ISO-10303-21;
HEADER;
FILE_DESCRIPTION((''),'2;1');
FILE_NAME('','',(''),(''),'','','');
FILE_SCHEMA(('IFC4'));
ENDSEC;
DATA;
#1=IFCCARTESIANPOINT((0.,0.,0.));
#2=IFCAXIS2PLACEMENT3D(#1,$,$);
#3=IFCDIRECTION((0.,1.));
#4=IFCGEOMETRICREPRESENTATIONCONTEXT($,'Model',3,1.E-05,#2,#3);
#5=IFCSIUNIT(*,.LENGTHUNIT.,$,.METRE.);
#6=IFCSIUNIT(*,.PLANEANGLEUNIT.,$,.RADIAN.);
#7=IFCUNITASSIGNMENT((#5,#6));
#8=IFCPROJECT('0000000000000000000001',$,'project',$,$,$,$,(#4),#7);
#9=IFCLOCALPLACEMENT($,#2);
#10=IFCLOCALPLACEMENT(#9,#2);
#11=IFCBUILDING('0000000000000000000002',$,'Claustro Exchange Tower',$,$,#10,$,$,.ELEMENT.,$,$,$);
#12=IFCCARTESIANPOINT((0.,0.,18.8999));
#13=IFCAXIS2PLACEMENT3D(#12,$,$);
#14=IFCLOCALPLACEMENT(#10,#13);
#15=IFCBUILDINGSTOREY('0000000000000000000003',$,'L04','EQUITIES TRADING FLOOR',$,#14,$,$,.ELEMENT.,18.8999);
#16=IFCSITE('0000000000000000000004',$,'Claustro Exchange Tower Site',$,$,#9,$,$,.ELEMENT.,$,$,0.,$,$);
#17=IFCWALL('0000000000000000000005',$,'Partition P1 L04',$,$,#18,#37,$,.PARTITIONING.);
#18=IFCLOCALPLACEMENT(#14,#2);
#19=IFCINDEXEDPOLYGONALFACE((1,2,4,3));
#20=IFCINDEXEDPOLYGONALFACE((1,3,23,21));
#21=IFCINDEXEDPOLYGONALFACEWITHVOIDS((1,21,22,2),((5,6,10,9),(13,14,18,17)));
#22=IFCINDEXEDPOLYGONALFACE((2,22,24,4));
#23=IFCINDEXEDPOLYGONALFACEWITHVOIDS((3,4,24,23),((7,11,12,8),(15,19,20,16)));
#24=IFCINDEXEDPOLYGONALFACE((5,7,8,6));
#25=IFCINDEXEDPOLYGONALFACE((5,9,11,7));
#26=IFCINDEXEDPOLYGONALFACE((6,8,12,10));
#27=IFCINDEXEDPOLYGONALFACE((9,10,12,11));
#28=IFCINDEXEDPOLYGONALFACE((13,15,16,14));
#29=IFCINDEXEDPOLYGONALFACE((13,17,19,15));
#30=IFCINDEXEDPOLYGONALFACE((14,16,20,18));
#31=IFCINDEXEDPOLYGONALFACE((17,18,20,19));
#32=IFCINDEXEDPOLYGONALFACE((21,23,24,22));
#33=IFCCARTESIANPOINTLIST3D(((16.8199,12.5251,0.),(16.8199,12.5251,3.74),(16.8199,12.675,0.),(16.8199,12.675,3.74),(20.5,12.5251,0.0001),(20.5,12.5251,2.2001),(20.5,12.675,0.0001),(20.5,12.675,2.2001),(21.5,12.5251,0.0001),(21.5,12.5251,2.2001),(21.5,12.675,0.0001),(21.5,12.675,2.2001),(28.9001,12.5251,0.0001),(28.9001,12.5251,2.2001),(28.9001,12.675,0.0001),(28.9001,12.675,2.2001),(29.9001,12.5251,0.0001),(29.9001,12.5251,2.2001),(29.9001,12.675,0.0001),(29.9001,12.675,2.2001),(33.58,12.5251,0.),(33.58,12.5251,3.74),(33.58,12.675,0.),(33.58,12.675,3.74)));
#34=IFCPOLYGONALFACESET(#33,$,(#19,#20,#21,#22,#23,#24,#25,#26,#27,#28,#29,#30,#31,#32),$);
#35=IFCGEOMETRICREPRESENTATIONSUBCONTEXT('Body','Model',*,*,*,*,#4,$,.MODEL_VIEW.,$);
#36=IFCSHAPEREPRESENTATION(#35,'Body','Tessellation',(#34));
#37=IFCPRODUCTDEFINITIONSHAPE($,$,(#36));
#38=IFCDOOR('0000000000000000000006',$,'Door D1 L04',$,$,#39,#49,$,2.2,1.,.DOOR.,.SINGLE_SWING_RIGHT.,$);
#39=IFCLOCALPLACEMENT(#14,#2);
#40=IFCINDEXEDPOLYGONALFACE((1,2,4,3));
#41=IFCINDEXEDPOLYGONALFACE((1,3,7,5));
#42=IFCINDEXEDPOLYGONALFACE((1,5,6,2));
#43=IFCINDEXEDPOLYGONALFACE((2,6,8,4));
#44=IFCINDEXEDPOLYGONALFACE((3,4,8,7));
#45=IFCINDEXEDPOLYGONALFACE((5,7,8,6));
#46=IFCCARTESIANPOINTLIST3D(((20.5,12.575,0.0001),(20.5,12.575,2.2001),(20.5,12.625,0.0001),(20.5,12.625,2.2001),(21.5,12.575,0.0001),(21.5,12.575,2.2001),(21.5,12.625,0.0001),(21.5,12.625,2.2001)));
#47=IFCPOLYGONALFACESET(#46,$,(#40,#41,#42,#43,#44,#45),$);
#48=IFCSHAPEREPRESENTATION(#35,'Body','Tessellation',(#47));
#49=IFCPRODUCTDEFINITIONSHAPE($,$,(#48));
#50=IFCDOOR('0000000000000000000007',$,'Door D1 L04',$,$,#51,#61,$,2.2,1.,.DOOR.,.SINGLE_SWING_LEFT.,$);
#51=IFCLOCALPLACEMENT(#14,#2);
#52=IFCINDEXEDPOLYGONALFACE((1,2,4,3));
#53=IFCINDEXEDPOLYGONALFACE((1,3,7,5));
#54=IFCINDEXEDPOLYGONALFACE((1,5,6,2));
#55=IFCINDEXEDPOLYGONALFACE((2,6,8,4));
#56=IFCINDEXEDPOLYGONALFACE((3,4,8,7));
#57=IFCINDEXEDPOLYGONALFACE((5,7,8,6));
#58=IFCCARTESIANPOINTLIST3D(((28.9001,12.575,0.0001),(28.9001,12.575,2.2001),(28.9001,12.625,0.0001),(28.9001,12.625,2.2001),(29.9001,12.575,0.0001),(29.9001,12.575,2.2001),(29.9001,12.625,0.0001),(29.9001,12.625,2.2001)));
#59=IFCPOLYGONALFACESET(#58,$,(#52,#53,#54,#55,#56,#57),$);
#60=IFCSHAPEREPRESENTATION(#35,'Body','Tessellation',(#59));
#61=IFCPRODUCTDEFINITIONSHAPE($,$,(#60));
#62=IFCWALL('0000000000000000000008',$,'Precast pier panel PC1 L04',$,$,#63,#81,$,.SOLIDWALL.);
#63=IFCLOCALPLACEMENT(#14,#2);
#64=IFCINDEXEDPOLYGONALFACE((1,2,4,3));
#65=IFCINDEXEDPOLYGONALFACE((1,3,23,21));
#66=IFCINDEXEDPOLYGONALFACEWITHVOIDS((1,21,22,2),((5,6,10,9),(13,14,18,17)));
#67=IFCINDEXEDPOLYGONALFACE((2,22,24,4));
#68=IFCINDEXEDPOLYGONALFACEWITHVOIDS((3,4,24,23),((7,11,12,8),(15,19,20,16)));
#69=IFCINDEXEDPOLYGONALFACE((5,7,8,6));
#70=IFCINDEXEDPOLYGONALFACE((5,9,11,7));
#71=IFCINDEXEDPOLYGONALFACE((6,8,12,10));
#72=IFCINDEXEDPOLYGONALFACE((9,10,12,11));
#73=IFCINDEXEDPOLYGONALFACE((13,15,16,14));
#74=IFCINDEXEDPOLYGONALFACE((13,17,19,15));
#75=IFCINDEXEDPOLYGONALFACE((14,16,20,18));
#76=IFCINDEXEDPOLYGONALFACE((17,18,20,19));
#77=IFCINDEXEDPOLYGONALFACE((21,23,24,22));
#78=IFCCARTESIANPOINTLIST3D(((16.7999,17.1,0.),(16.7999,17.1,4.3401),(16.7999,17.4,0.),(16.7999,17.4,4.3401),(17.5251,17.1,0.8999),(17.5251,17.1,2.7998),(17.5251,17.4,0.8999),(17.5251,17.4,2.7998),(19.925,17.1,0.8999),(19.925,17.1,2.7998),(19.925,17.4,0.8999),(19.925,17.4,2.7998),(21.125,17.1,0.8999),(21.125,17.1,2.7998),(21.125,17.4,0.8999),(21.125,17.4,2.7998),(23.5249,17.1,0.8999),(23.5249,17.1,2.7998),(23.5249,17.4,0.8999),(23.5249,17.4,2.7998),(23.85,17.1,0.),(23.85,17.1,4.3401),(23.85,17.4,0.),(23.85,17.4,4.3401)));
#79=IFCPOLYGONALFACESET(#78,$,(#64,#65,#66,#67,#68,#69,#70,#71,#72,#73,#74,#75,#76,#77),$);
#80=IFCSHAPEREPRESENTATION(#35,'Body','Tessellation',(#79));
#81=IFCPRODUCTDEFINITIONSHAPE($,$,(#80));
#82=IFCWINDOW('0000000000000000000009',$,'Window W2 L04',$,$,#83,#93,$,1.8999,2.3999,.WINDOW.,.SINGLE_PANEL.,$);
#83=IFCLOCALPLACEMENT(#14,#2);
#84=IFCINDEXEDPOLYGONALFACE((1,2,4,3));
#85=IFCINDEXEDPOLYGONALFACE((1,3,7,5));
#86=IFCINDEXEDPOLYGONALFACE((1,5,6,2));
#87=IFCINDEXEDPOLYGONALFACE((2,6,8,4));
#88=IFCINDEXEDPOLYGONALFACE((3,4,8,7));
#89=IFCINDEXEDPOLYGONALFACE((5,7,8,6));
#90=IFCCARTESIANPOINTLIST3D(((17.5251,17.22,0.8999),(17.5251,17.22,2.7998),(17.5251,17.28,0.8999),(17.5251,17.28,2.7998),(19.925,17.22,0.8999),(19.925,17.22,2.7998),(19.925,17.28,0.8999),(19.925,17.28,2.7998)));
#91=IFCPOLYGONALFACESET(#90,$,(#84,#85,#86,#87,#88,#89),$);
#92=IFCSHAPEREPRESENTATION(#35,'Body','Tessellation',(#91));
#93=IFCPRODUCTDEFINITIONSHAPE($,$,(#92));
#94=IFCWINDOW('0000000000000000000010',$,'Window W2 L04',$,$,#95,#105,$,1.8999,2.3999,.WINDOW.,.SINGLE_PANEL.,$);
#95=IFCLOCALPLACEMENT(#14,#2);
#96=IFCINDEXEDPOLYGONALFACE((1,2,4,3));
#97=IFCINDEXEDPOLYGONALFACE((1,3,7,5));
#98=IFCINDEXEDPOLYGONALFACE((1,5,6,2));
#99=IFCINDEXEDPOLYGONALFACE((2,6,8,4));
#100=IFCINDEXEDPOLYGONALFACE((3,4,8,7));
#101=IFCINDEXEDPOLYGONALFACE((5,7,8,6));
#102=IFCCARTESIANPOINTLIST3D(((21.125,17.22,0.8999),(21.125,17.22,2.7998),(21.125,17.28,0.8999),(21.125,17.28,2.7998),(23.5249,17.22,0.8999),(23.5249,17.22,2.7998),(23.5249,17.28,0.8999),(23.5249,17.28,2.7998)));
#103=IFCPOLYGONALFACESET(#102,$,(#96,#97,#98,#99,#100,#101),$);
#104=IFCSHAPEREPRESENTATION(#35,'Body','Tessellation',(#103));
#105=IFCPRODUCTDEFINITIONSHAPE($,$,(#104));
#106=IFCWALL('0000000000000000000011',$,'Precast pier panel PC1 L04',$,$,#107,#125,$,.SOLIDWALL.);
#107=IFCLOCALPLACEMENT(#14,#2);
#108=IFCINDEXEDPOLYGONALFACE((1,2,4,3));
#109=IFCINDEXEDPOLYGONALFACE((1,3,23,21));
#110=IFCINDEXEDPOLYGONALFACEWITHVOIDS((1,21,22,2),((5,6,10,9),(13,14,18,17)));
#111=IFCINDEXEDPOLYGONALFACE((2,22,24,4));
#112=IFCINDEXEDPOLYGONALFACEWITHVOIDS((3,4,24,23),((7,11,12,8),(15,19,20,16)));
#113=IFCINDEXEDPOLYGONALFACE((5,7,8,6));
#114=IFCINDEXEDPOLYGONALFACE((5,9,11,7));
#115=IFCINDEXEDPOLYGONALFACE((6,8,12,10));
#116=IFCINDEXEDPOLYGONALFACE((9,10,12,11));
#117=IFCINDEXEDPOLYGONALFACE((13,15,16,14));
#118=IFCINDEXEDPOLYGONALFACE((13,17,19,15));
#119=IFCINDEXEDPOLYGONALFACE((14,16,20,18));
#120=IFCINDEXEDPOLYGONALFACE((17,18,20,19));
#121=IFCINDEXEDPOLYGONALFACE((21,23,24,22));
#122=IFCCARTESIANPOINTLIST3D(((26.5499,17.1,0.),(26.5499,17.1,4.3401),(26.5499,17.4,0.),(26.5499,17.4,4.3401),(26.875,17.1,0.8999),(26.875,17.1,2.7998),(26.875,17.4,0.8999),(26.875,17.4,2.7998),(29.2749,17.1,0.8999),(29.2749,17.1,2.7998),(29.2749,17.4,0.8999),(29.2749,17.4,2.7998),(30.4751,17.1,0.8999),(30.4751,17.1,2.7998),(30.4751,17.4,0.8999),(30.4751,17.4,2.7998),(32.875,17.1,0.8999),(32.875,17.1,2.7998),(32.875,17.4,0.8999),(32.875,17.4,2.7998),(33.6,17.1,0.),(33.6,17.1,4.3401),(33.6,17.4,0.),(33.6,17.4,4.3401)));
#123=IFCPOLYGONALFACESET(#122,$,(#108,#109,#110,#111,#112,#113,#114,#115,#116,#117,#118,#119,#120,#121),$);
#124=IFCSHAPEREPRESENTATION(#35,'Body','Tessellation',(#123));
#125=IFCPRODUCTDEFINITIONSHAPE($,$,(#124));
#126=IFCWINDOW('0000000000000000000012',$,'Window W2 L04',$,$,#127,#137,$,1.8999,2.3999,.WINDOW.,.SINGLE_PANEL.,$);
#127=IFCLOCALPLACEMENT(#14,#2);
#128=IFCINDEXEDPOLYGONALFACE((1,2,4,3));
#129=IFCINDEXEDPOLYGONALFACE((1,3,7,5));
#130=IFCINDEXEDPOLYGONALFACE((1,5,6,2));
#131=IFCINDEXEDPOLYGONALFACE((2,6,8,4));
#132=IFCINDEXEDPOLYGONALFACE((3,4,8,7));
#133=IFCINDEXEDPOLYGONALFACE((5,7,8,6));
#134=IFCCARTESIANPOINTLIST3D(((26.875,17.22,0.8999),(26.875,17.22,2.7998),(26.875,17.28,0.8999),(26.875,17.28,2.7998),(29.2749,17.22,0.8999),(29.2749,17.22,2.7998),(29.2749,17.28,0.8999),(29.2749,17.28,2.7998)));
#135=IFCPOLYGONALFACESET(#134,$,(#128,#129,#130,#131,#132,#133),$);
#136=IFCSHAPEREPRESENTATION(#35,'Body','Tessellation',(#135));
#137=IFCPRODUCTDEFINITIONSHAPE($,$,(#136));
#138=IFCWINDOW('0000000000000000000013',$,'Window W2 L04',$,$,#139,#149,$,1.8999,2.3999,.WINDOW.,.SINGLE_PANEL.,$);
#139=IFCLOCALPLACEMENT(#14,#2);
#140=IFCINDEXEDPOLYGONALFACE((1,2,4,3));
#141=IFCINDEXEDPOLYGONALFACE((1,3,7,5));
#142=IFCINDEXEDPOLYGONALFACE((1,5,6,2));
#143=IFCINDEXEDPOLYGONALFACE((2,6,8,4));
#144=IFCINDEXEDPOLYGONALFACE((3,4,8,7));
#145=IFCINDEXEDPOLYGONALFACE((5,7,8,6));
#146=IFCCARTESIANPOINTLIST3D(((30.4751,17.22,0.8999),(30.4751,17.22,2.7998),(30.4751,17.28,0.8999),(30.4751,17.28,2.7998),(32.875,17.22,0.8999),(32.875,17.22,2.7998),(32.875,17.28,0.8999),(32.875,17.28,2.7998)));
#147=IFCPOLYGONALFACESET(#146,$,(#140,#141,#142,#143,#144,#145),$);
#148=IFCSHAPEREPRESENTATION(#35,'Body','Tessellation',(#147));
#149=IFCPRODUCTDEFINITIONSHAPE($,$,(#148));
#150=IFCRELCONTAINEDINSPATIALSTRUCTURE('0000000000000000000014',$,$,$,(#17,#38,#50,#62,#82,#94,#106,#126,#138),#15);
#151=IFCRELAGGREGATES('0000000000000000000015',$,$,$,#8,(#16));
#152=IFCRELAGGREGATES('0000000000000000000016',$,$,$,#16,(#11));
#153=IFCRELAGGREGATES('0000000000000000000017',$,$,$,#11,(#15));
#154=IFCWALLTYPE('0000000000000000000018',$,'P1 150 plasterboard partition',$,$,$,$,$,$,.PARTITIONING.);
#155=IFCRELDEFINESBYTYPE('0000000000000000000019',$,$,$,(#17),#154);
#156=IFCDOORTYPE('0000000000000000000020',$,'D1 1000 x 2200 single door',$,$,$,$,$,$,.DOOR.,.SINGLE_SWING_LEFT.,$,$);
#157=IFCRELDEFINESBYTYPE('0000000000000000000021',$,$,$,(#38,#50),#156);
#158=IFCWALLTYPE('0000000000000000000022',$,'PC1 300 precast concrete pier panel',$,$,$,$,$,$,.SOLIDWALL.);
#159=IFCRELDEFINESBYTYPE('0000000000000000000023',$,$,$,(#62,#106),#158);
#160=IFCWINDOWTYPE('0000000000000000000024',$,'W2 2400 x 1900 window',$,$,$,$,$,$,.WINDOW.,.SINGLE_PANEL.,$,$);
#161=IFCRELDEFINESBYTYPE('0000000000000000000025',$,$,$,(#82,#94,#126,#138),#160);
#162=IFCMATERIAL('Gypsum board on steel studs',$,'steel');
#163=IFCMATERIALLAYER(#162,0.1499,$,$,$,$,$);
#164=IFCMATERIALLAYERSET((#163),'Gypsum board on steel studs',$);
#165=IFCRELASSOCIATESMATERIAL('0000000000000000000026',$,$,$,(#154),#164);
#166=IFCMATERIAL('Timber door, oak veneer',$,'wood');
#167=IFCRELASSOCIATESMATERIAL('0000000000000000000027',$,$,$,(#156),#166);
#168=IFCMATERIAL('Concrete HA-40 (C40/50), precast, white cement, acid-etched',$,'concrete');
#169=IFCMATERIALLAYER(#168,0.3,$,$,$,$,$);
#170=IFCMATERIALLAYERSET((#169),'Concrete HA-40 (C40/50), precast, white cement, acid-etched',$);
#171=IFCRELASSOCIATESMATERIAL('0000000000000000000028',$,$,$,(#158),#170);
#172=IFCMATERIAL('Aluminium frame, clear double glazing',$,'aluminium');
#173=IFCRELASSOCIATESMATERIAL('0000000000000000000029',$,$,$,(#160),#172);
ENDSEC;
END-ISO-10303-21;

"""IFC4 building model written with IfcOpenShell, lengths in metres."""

from ifc_helpers import new_model, si_unit, direction, frame, frame_2d, origin, place, context, subcontext, project, spatial, rectangle, extrude, material, layer, layer_set, type_object, element, fill, save


model = new_model("IFC4")

# Units and contexts
model_context = context("Model", 3, precision=1e-05, world=origin(), true_north=direction((0.0, 1.0)))
body_context = subcontext(model_context, "Body", "Model", "MODEL_VIEW")
ifc_project = project(units=[si_unit("LENGTHUNIT", "METRE"), si_unit("PLANEANGLEUNIT", "RADIAN")], contexts=[model_context])

# Site, building, storey
site_placement = place(None, origin())
site = spatial("IfcSite", under=ifc_project, at=site_placement, Name="Claustro Exchange Tower Site", CompositionType="ELEMENT", RefElevation=0.0)
building_placement = place(site_placement, origin())
building = spatial("IfcBuilding", under=site, at=building_placement, Name="Claustro Exchange Tower", CompositionType="ELEMENT")
storey_placement = place(building_placement, frame((0.0, 0.0, 18.8999)))
storey = spatial("IfcBuildingStorey", under=building, at=storey_placement, Name="L04", Description="EQUITIES TRADING FLOOR", CompositionType="ELEMENT", Elevation=18.8999)

# Shared definitions
ifc_material_1 = material(Name="Gypsum board on steel studs", Category="steel")
ifc_layer_1 = layer(ifc_material_1, 0.1499)
ifc_layer_set_1 = layer_set([ifc_layer_1], Name="Gypsum board on steel studs")
wall_type_1 = type_object("IfcWallType", Name="P1 150 plasterboard partition", PredefinedType="PARTITIONING", material=ifc_layer_set_1)

# Wall, openings, doors
wall_1_placement = place(storey_placement, frame((16.8201, 12.6001, 0.0), z_axis=(0.0, 0.0, 1.0), x_axis=(1.0, 0.0, 0.0)))
wall_1 = element("IfcWall", 1, at=wall_1_placement, inside=storey, type_object=wall_type_1, Name="Partition P1 L04", PredefinedType="PARTITIONING", context=body_context, shape_type="SweptSolid", body=[
    extrude(rectangle(XDim=16.76, YDim=0.1499, at=frame_2d((8.3799, 0.0))), origin(), (0.0, 0.0, 1.0), 3.74),
])
opening_1_placement = place(wall_1_placement, frame((3.6799, 0.0, 0.0)))
opening_1 = element("IfcOpeningElement", 2, at=opening_1_placement, cuts=wall_1, PredefinedType="OPENING", context=body_context, shape_type="SweptSolid", body=[
    extrude(rectangle(XDim=1.0, YDim=2.2, at=frame_2d((0.5, 1.1001))), frame((0.0, 0.085, 0.0), z_axis=(0.0, -1.0, 0.0), x_axis=(1.0, 0.0, 0.0)), (0.0, 0.0, 1.0), 0.1699),
])
opening_2_placement = place(wall_1_placement, frame((12.0801, 0.0, 0.0)))
opening_2 = element("IfcOpeningElement", 3, at=opening_2_placement, cuts=wall_1, PredefinedType="OPENING", context=body_context, shape_type="SweptSolid", body=[
    extrude(rectangle(XDim=1.0, YDim=2.2, at=frame_2d((0.5, 1.1001))), frame((0.0, 0.085, 0.0), z_axis=(0.0, -1.0, 0.0), x_axis=(1.0, 0.0, 0.0)), (0.0, 0.0, 1.0), 0.1699),
])
ifc_material_2 = material(Name="Timber door, oak veneer", Category="wood")
door_type = type_object("IfcDoorType", Name="D1 1000 x 2200 single door", OperationType="SINGLE_SWING_LEFT", PredefinedType="DOOR", material=ifc_material_2)
door_1_placement = place(opening_1_placement, origin())
door_1 = element("IfcDoor", 4, at=door_1_placement, inside=storey, type_object=door_type, Name="Door D1 L04", OperationType="SINGLE_SWING_RIGHT", OverallHeight=2.2, OverallWidth=1.0, PredefinedType="DOOR", context=body_context, shape_type="SweptSolid", body=[
    extrude(rectangle(XDim=1.0, YDim=2.2, at=frame_2d((0.5, 1.1001))), frame((0.0, 0.0249, 0.0), z_axis=(0.0, -1.0, 0.0), x_axis=(1.0, 0.0, 0.0)), (0.0, 0.0, 1.0), 0.05),
])
fill(opening_1, door_1)
door_2_placement = place(opening_2_placement, origin())
door_2 = element("IfcDoor", 5, at=door_2_placement, inside=storey, type_object=door_type, Name="Door D1 L04", OperationType="SINGLE_SWING_LEFT", OverallHeight=2.2, OverallWidth=1.0, PredefinedType="DOOR", context=body_context, shape_type="SweptSolid", body=[
    extrude(rectangle(XDim=1.0, YDim=2.2, at=frame_2d((0.5, 1.1001))), frame((0.0, 0.0249, 0.0), z_axis=(0.0, -1.0, 0.0), x_axis=(1.0, 0.0, 0.0)), (0.0, 0.0, 1.0), 0.05),
])
fill(opening_2, door_2)

# Walls, openings, windows
ifc_material_3 = material(Name="Concrete HA-40 (C40/50), precast, white cement, acid-etched", Category="concrete")
ifc_layer_2 = layer(ifc_material_3, 0.3)
ifc_layer_set_2 = layer_set([ifc_layer_2], Name="Concrete HA-40 (C40/50), precast, white cement, acid-etched")
wall_type_2 = type_object("IfcWallType", Name="PC1 300 precast concrete pier panel", PredefinedType="SOLIDWALL", material=ifc_layer_set_2)
wall_2_placement = place(storey_placement, frame((16.8, 17.25, 0.0), z_axis=(0.0, 0.0, 1.0), x_axis=(1.0, 0.0, 0.0)))
wall_2 = element("IfcWall", 6, at=wall_2_placement, inside=storey, type_object=wall_type_2, Name="Precast pier panel PC1 L04", PredefinedType="SOLIDWALL", context=body_context, shape_type="SweptSolid", body=[
    extrude(rectangle(XDim=7.05, YDim=0.3, at=frame_2d((3.5249, 0.0))), origin(), (0.0, 0.0, 1.0), 4.3401),
])
opening_3_placement = place(wall_2_placement, frame((0.7251, 0.0, 0.8999)))
opening_3 = element("IfcOpeningElement", 7, at=opening_3_placement, cuts=wall_2, PredefinedType="OPENING", context=body_context, shape_type="SweptSolid", body=[
    extrude(rectangle(XDim=2.3999, YDim=1.8999, at=frame_2d((1.2, 0.95))), frame((0.0, 0.1599, 0.0), z_axis=(0.0, -1.0, 0.0), x_axis=(1.0, 0.0, 0.0)), (0.0, 0.0, 1.0), 0.3201),
])
opening_4_placement = place(wall_2_placement, frame((4.325, 0.0, 0.8999)))
opening_4 = element("IfcOpeningElement", 8, at=opening_4_placement, cuts=wall_2, PredefinedType="OPENING", context=body_context, shape_type="SweptSolid", body=[
    extrude(rectangle(XDim=2.3999, YDim=1.8999, at=frame_2d((1.2, 0.95))), frame((0.0, 0.1599, 0.0), z_axis=(0.0, -1.0, 0.0), x_axis=(1.0, 0.0, 0.0)), (0.0, 0.0, 1.0), 0.3201),
])
ifc_material_4 = material(Name="Aluminium frame, clear double glazing", Category="aluminium")
window_type = type_object("IfcWindowType", Name="W2 2400 x 1900 window", PartitioningType="SINGLE_PANEL", PredefinedType="WINDOW", material=ifc_material_4)
window_1_placement = place(opening_3_placement, origin())
window_1 = element("IfcWindow", 9, at=window_1_placement, inside=storey, type_object=window_type, Name="Window W2 L04", OverallHeight=1.8999, OverallWidth=2.3999, PartitioningType="SINGLE_PANEL", PredefinedType="WINDOW", context=body_context, shape_type="SweptSolid", body=[
    extrude(rectangle(XDim=2.3999, YDim=1.8999, at=frame_2d((1.2, 0.95))), frame((0.0, 0.03, 0.0), z_axis=(0.0, -1.0, 0.0), x_axis=(1.0, 0.0, 0.0)), (0.0, 0.0, 1.0), 0.0601),
])
fill(opening_3, window_1)
window_2_placement = place(opening_4_placement, origin())
window_2 = element("IfcWindow", 10, at=window_2_placement, inside=storey, type_object=window_type, Name="Window W2 L04", OverallHeight=1.8999, OverallWidth=2.3999, PartitioningType="SINGLE_PANEL", PredefinedType="WINDOW", context=body_context, shape_type="SweptSolid", body=[
    extrude(rectangle(XDim=2.3999, YDim=1.8999, at=frame_2d((1.2, 0.95))), frame((0.0, 0.03, 0.0), z_axis=(0.0, -1.0, 0.0), x_axis=(1.0, 0.0, 0.0)), (0.0, 0.0, 1.0), 0.0601),
])
fill(opening_4, window_2)
wall_3_placement = place(storey_placement, frame((26.55, 17.25, 0.0), z_axis=(0.0, 0.0, 1.0), x_axis=(1.0, 0.0, 0.0)))
wall_3 = element("IfcWall", 11, at=wall_3_placement, inside=storey, type_object=wall_type_2, Name="Precast pier panel PC1 L04", PredefinedType="SOLIDWALL", context=body_context, shape_type="SweptSolid", body=[
    extrude(rectangle(XDim=7.05, YDim=0.3, at=frame_2d((3.5249, 0.0))), origin(), (0.0, 0.0, 1.0), 4.3401),
])
opening_5_placement = place(wall_3_placement, frame((0.325, 0.0, 0.8999)))
opening_5 = element("IfcOpeningElement", 12, at=opening_5_placement, cuts=wall_3, PredefinedType="OPENING", context=body_context, shape_type="SweptSolid", body=[
    extrude(rectangle(XDim=2.3999, YDim=1.8999, at=frame_2d((1.2, 0.95))), frame((0.0, 0.1599, 0.0), z_axis=(0.0, -1.0, 0.0), x_axis=(1.0, 0.0, 0.0)), (0.0, 0.0, 1.0), 0.3201),
])
opening_6_placement = place(wall_3_placement, frame((3.925, 0.0, 0.8999)))
opening_6 = element("IfcOpeningElement", 13, at=opening_6_placement, cuts=wall_3, PredefinedType="OPENING", context=body_context, shape_type="SweptSolid", body=[
    extrude(rectangle(XDim=2.3999, YDim=1.8999, at=frame_2d((1.2, 0.95))), frame((0.0, 0.1599, 0.0), z_axis=(0.0, -1.0, 0.0), x_axis=(1.0, 0.0, 0.0)), (0.0, 0.0, 1.0), 0.3201),
])
window_3_placement = place(opening_5_placement, origin())
window_3 = element("IfcWindow", 14, at=window_3_placement, inside=storey, type_object=window_type, Name="Window W2 L04", OverallHeight=1.8999, OverallWidth=2.3999, PartitioningType="SINGLE_PANEL", PredefinedType="WINDOW", context=body_context, shape_type="SweptSolid", body=[
    extrude(rectangle(XDim=2.3999, YDim=1.8999, at=frame_2d((1.2, 0.95))), frame((0.0, 0.03, 0.0), z_axis=(0.0, -1.0, 0.0), x_axis=(1.0, 0.0, 0.0)), (0.0, 0.0, 1.0), 0.0601),
])
fill(opening_5, window_3)
window_4_placement = place(opening_6_placement, origin())
window_4 = element("IfcWindow", 15, at=window_4_placement, inside=storey, type_object=window_type, Name="Window W2 L04", OverallHeight=1.8999, OverallWidth=2.3999, PartitioningType="SINGLE_PANEL", PredefinedType="WINDOW", context=body_context, shape_type="SweptSolid", body=[
    extrude(rectangle(XDim=2.3999, YDim=1.8999, at=frame_2d((1.2, 0.95))), frame((0.0, 0.03, 0.0), z_axis=(0.0, -1.0, 0.0), x_axis=(1.0, 0.0, 0.0)), (0.0, 0.0, 1.0), 0.0601),
])
fill(opening_6, window_4)

save(model, "model.ifc")
